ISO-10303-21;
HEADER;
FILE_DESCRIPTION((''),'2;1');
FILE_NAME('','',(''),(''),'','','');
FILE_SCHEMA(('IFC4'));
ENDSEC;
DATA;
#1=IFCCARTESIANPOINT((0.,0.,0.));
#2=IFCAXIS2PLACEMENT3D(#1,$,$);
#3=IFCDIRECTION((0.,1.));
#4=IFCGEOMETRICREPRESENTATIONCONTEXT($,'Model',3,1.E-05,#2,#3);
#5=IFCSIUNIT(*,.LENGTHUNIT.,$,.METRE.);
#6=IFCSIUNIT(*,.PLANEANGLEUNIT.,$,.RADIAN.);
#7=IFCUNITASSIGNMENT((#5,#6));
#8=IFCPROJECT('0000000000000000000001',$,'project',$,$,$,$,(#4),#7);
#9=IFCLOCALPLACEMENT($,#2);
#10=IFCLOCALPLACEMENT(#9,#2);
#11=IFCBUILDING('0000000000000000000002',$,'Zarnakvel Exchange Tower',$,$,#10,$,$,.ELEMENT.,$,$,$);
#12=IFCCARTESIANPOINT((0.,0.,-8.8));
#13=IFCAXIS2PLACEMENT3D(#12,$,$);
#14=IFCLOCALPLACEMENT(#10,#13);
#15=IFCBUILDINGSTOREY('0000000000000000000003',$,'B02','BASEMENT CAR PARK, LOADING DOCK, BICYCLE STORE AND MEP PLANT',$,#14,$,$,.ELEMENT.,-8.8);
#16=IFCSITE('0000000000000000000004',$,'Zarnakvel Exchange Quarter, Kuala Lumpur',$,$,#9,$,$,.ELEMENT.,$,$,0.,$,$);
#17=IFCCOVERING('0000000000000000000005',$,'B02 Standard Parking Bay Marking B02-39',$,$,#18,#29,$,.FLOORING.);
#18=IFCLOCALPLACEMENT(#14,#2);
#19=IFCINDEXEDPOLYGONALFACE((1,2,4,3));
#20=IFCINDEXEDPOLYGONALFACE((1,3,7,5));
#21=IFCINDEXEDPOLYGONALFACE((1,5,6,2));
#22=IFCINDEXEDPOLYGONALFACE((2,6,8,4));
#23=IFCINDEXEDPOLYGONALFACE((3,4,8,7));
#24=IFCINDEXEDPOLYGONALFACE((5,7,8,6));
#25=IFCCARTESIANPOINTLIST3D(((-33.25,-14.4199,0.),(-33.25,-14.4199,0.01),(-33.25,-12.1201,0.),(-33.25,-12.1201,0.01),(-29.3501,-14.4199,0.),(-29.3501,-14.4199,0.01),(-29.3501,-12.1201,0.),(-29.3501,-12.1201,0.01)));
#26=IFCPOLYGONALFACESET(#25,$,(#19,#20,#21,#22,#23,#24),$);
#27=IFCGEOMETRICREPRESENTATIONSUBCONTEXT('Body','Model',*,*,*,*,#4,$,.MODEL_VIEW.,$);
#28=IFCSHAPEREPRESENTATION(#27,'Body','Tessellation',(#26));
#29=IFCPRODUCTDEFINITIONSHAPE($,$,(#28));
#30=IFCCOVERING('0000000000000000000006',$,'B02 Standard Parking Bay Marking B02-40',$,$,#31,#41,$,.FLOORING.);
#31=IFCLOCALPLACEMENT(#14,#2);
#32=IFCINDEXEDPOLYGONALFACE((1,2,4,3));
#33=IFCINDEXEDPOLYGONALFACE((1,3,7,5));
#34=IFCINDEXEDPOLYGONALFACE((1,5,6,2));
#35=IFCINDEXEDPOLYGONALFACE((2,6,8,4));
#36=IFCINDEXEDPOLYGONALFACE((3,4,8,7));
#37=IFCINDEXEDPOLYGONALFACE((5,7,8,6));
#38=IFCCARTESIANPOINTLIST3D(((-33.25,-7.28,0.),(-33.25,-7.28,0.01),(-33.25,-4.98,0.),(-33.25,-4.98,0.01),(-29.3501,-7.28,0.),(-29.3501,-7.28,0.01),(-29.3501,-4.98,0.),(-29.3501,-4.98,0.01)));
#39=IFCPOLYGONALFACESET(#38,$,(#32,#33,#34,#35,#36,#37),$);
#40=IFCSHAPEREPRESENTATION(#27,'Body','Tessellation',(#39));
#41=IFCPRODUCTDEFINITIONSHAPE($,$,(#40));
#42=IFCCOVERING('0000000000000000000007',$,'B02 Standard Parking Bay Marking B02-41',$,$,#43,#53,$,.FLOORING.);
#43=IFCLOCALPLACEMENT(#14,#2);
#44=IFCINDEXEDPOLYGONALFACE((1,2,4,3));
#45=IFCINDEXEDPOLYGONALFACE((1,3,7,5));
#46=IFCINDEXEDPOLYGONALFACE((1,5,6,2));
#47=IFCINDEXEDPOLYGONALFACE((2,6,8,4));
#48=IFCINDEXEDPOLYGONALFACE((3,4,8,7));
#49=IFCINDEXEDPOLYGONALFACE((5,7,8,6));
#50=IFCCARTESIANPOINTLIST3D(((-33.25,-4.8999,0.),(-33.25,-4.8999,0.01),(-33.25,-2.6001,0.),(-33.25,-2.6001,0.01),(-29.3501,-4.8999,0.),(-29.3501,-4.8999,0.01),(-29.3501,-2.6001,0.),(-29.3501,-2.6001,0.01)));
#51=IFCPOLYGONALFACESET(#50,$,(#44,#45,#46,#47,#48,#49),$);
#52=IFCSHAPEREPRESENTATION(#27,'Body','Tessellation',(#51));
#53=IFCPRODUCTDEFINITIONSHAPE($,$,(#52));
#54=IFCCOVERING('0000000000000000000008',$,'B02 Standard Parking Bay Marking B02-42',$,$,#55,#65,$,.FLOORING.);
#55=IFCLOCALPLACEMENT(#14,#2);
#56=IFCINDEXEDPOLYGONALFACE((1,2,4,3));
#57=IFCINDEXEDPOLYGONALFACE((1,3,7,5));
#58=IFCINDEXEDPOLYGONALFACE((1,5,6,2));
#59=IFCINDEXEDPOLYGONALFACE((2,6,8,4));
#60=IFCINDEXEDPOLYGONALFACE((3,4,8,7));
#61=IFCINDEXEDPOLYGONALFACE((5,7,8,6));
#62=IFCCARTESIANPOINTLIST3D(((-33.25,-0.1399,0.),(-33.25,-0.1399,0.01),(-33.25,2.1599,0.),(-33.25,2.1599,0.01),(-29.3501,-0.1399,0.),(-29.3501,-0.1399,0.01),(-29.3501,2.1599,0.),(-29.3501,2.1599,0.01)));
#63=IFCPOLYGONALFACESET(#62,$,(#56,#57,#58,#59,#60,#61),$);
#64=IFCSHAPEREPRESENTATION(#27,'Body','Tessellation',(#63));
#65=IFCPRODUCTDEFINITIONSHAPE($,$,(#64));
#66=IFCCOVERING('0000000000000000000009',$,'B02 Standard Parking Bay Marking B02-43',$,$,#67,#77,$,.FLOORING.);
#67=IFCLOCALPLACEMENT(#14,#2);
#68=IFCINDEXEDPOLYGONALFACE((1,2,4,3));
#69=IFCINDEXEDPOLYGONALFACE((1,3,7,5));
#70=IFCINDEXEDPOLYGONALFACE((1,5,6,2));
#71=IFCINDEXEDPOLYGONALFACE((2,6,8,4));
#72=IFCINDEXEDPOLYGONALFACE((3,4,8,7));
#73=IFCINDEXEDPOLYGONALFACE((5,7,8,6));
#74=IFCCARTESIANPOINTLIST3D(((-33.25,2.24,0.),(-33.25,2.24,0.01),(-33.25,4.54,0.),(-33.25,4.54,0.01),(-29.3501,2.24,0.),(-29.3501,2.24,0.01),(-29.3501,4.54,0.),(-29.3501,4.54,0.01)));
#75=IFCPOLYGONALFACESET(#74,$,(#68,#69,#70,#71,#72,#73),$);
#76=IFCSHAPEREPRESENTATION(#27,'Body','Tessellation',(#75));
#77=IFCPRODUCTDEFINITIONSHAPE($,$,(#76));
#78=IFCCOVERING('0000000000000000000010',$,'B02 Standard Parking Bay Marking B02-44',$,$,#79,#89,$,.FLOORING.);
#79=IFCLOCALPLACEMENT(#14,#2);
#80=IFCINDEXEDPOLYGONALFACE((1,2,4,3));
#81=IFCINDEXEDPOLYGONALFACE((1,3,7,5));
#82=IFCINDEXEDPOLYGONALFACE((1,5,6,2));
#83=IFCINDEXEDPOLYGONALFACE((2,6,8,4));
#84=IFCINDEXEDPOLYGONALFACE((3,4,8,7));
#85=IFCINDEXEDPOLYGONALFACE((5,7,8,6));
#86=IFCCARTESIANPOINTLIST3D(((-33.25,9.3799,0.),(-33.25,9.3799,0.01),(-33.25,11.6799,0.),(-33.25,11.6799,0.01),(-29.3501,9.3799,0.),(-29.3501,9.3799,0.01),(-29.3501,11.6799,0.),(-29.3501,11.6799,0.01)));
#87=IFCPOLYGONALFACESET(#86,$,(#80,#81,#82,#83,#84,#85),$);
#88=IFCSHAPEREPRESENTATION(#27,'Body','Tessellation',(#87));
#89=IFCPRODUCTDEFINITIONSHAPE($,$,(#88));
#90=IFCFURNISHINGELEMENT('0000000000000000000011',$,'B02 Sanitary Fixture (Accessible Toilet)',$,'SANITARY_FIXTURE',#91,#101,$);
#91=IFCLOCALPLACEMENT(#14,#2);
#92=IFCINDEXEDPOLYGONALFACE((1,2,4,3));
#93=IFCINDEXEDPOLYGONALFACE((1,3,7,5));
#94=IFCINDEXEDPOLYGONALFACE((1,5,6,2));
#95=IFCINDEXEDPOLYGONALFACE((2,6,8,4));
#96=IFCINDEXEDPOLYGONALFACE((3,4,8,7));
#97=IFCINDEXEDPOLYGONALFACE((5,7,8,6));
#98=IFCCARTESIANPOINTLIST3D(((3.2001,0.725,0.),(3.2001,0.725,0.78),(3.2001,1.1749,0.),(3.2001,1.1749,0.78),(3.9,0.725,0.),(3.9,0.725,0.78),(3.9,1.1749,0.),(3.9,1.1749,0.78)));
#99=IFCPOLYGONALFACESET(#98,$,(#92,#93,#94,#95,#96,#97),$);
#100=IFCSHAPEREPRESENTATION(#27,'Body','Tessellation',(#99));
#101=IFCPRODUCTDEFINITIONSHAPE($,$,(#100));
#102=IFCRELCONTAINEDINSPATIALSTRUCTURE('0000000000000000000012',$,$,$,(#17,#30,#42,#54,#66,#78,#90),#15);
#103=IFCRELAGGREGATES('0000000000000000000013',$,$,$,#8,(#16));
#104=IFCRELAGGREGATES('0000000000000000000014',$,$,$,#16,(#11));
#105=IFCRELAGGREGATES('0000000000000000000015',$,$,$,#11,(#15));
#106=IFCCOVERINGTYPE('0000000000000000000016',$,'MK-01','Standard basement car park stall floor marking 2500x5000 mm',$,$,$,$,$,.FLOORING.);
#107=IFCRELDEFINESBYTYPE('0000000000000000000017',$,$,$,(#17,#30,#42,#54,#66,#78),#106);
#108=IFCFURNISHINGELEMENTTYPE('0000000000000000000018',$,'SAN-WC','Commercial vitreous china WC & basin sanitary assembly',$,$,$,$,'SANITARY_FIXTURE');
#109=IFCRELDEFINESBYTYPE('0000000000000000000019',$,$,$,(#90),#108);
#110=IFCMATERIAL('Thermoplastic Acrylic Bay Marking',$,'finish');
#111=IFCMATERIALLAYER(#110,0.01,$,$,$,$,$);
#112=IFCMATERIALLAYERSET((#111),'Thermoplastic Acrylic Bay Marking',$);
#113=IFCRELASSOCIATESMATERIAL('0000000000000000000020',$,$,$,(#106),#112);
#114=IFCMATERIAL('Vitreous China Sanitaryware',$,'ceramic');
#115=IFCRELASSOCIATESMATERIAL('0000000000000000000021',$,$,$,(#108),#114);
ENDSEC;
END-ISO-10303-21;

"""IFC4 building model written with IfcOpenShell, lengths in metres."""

from ifc_helpers import new_model, si_unit, direction, frame, origin, origin_2d, place, context, subcontext, project, spatial, polyline, rectangle, outline, extrude, source, transform, mapped, material, layer, layer_set, type_object, element, save


model = new_model("IFC4")

# Units and contexts
model_context = context("Model", 3, precision=1e-05, world=origin(), true_north=direction((0.0, 1.0)))
body_context = subcontext(model_context, "Body", "Model", "MODEL_VIEW")
ifc_project = project(units=[si_unit("LENGTHUNIT", "METRE"), si_unit("PLANEANGLEUNIT", "RADIAN")], contexts=[model_context])

# Site, building, storey
site_placement = place(None, origin())
site = spatial("IfcSite", under=ifc_project, at=site_placement, Name="Zarnakvel Exchange Quarter, Kuala Lumpur", CompositionType="ELEMENT", RefElevation=0.0)
building_placement = place(site_placement, origin())
building = spatial("IfcBuilding", under=site, at=building_placement, Name="Zarnakvel Exchange Tower", CompositionType="ELEMENT")
storey_placement = place(building_placement, frame((0.0, 0.0, -8.8)))
storey = spatial("IfcBuildingStorey", under=building, at=storey_placement, Name="B02", Description="BASEMENT CAR PARK, LOADING DOCK, BICYCLE STORE AND MEP PLANT", CompositionType="ELEMENT", Elevation=-8.8)

# Coverings
ifc_material_1 = material(Name="Thermoplastic Acrylic Bay Marking", Category="finish")
ifc_layer_1 = layer(ifc_material_1, 0.01)
ifc_layer_set_1 = layer_set([ifc_layer_1], Name="Thermoplastic Acrylic Bay Marking")
covering_type = type_object("IfcCoveringType", Name="MK-01", Description="Standard basement car park stall floor marking 2500x5000 mm", PredefinedType="FLOORING", material=ifc_layer_set_1)
covering_1_placement = place(storey_placement, origin())
element("IfcCovering", 1, at=covering_1_placement, inside=storey, type_object=covering_type, Name="B02 Standard Parking Bay Marking B02-39", PredefinedType="FLOORING", context=body_context, shape_type="SweptSolid", body=[
    extrude(outline(polyline([(-33.25, -14.4199), (-29.3501, -14.4199), (-29.3501, -12.1201), (-33.25, -12.1201), (-33.25, -14.4199)])), origin(), (0.0, 0.0, 1.0), 0.01),
])
covering_2_placement = place(storey_placement, origin())
element("IfcCovering", 2, at=covering_2_placement, inside=storey, type_object=covering_type, Name="B02 Standard Parking Bay Marking B02-40", PredefinedType="FLOORING", context=body_context, shape_type="SweptSolid", body=[
    extrude(outline(polyline([(-33.25, -7.28), (-29.3501, -7.28), (-29.3501, -4.98), (-33.25, -4.98), (-33.25, -7.28)])), origin(), (0.0, 0.0, 1.0), 0.01),
])
covering_3_placement = place(storey_placement, origin())
element("IfcCovering", 3, at=covering_3_placement, inside=storey, type_object=covering_type, Name="B02 Standard Parking Bay Marking B02-41", PredefinedType="FLOORING", context=body_context, shape_type="SweptSolid", body=[
    extrude(outline(polyline([(-33.25, -4.8999), (-29.3501, -4.8999), (-29.3501, -2.6001), (-33.25, -2.6001), (-33.25, -4.8999)])), origin(), (0.0, 0.0, 1.0), 0.01),
])
covering_4_placement = place(storey_placement, origin())
element("IfcCovering", 4, at=covering_4_placement, inside=storey, type_object=covering_type, Name="B02 Standard Parking Bay Marking B02-42", PredefinedType="FLOORING", context=body_context, shape_type="SweptSolid", body=[
    extrude(outline(polyline([(-33.25, -0.1399), (-29.3501, -0.1399), (-29.3501, 2.1599), (-33.25, 2.1599), (-33.25, -0.1399)])), origin(), (0.0, 0.0, 1.0), 0.01),
])
covering_5_placement = place(storey_placement, origin())
element("IfcCovering", 5, at=covering_5_placement, inside=storey, type_object=covering_type, Name="B02 Standard Parking Bay Marking B02-43", PredefinedType="FLOORING", context=body_context, shape_type="SweptSolid", body=[
    extrude(outline(polyline([(-33.25, 2.24), (-29.3501, 2.24), (-29.3501, 4.54), (-33.25, 4.54), (-33.25, 2.24)])), origin(), (0.0, 0.0, 1.0), 0.01),
])
covering_6_placement = place(storey_placement, origin())
element("IfcCovering", 6, at=covering_6_placement, inside=storey, type_object=covering_type, Name="B02 Standard Parking Bay Marking B02-44", PredefinedType="FLOORING", context=body_context, shape_type="SweptSolid", body=[
    extrude(outline(polyline([(-33.25, 9.3799), (-29.3501, 9.3799), (-29.3501, 11.6799), (-33.25, 11.6799), (-33.25, 9.3799)])), origin(), (0.0, 0.0, 1.0), 0.01),
])

# Furnishing element
ifc_material_2 = material(Name="Vitreous China Sanitaryware", Category="ceramic")
furnishing_element_type = type_object("IfcFurnishingElementType", Name="SAN-WC", Description="Commercial vitreous china WC & basin sanitary assembly", ElementType="SANITARY_FIXTURE", material=ifc_material_2)
shared_shape_1 = source(origin(), body_context, "Body", "SweptSolid", [
    extrude(rectangle(XDim=0.7, YDim=0.45, at=origin_2d()), origin(), (0.0, 0.0, 1.0), 0.78),
])
furnishing_placement = place(storey_placement, frame((3.55, 0.95, 0.0), z_axis=(0.0, 0.0, 1.0), x_axis=(1.0, 0.0, 0.0)))
element("IfcFurnishingElement", 7, at=furnishing_placement, inside=storey, type_object=furnishing_element_type, Name="B02 Sanitary Fixture (Accessible Toilet)", ObjectType="SANITARY_FIXTURE", context=body_context, shape_type="MappedRepresentation", body=[
    mapped(shared_shape_1, transform((0.0, 0.0, 0.0), x_axis=(1.0, 0.0, 0.0), y_axis=(0.0, 1.0, 0.0), z_axis=(0.0, 0.0, 1.0), scale=1.0)),
])

save(model, "model.ifc")
